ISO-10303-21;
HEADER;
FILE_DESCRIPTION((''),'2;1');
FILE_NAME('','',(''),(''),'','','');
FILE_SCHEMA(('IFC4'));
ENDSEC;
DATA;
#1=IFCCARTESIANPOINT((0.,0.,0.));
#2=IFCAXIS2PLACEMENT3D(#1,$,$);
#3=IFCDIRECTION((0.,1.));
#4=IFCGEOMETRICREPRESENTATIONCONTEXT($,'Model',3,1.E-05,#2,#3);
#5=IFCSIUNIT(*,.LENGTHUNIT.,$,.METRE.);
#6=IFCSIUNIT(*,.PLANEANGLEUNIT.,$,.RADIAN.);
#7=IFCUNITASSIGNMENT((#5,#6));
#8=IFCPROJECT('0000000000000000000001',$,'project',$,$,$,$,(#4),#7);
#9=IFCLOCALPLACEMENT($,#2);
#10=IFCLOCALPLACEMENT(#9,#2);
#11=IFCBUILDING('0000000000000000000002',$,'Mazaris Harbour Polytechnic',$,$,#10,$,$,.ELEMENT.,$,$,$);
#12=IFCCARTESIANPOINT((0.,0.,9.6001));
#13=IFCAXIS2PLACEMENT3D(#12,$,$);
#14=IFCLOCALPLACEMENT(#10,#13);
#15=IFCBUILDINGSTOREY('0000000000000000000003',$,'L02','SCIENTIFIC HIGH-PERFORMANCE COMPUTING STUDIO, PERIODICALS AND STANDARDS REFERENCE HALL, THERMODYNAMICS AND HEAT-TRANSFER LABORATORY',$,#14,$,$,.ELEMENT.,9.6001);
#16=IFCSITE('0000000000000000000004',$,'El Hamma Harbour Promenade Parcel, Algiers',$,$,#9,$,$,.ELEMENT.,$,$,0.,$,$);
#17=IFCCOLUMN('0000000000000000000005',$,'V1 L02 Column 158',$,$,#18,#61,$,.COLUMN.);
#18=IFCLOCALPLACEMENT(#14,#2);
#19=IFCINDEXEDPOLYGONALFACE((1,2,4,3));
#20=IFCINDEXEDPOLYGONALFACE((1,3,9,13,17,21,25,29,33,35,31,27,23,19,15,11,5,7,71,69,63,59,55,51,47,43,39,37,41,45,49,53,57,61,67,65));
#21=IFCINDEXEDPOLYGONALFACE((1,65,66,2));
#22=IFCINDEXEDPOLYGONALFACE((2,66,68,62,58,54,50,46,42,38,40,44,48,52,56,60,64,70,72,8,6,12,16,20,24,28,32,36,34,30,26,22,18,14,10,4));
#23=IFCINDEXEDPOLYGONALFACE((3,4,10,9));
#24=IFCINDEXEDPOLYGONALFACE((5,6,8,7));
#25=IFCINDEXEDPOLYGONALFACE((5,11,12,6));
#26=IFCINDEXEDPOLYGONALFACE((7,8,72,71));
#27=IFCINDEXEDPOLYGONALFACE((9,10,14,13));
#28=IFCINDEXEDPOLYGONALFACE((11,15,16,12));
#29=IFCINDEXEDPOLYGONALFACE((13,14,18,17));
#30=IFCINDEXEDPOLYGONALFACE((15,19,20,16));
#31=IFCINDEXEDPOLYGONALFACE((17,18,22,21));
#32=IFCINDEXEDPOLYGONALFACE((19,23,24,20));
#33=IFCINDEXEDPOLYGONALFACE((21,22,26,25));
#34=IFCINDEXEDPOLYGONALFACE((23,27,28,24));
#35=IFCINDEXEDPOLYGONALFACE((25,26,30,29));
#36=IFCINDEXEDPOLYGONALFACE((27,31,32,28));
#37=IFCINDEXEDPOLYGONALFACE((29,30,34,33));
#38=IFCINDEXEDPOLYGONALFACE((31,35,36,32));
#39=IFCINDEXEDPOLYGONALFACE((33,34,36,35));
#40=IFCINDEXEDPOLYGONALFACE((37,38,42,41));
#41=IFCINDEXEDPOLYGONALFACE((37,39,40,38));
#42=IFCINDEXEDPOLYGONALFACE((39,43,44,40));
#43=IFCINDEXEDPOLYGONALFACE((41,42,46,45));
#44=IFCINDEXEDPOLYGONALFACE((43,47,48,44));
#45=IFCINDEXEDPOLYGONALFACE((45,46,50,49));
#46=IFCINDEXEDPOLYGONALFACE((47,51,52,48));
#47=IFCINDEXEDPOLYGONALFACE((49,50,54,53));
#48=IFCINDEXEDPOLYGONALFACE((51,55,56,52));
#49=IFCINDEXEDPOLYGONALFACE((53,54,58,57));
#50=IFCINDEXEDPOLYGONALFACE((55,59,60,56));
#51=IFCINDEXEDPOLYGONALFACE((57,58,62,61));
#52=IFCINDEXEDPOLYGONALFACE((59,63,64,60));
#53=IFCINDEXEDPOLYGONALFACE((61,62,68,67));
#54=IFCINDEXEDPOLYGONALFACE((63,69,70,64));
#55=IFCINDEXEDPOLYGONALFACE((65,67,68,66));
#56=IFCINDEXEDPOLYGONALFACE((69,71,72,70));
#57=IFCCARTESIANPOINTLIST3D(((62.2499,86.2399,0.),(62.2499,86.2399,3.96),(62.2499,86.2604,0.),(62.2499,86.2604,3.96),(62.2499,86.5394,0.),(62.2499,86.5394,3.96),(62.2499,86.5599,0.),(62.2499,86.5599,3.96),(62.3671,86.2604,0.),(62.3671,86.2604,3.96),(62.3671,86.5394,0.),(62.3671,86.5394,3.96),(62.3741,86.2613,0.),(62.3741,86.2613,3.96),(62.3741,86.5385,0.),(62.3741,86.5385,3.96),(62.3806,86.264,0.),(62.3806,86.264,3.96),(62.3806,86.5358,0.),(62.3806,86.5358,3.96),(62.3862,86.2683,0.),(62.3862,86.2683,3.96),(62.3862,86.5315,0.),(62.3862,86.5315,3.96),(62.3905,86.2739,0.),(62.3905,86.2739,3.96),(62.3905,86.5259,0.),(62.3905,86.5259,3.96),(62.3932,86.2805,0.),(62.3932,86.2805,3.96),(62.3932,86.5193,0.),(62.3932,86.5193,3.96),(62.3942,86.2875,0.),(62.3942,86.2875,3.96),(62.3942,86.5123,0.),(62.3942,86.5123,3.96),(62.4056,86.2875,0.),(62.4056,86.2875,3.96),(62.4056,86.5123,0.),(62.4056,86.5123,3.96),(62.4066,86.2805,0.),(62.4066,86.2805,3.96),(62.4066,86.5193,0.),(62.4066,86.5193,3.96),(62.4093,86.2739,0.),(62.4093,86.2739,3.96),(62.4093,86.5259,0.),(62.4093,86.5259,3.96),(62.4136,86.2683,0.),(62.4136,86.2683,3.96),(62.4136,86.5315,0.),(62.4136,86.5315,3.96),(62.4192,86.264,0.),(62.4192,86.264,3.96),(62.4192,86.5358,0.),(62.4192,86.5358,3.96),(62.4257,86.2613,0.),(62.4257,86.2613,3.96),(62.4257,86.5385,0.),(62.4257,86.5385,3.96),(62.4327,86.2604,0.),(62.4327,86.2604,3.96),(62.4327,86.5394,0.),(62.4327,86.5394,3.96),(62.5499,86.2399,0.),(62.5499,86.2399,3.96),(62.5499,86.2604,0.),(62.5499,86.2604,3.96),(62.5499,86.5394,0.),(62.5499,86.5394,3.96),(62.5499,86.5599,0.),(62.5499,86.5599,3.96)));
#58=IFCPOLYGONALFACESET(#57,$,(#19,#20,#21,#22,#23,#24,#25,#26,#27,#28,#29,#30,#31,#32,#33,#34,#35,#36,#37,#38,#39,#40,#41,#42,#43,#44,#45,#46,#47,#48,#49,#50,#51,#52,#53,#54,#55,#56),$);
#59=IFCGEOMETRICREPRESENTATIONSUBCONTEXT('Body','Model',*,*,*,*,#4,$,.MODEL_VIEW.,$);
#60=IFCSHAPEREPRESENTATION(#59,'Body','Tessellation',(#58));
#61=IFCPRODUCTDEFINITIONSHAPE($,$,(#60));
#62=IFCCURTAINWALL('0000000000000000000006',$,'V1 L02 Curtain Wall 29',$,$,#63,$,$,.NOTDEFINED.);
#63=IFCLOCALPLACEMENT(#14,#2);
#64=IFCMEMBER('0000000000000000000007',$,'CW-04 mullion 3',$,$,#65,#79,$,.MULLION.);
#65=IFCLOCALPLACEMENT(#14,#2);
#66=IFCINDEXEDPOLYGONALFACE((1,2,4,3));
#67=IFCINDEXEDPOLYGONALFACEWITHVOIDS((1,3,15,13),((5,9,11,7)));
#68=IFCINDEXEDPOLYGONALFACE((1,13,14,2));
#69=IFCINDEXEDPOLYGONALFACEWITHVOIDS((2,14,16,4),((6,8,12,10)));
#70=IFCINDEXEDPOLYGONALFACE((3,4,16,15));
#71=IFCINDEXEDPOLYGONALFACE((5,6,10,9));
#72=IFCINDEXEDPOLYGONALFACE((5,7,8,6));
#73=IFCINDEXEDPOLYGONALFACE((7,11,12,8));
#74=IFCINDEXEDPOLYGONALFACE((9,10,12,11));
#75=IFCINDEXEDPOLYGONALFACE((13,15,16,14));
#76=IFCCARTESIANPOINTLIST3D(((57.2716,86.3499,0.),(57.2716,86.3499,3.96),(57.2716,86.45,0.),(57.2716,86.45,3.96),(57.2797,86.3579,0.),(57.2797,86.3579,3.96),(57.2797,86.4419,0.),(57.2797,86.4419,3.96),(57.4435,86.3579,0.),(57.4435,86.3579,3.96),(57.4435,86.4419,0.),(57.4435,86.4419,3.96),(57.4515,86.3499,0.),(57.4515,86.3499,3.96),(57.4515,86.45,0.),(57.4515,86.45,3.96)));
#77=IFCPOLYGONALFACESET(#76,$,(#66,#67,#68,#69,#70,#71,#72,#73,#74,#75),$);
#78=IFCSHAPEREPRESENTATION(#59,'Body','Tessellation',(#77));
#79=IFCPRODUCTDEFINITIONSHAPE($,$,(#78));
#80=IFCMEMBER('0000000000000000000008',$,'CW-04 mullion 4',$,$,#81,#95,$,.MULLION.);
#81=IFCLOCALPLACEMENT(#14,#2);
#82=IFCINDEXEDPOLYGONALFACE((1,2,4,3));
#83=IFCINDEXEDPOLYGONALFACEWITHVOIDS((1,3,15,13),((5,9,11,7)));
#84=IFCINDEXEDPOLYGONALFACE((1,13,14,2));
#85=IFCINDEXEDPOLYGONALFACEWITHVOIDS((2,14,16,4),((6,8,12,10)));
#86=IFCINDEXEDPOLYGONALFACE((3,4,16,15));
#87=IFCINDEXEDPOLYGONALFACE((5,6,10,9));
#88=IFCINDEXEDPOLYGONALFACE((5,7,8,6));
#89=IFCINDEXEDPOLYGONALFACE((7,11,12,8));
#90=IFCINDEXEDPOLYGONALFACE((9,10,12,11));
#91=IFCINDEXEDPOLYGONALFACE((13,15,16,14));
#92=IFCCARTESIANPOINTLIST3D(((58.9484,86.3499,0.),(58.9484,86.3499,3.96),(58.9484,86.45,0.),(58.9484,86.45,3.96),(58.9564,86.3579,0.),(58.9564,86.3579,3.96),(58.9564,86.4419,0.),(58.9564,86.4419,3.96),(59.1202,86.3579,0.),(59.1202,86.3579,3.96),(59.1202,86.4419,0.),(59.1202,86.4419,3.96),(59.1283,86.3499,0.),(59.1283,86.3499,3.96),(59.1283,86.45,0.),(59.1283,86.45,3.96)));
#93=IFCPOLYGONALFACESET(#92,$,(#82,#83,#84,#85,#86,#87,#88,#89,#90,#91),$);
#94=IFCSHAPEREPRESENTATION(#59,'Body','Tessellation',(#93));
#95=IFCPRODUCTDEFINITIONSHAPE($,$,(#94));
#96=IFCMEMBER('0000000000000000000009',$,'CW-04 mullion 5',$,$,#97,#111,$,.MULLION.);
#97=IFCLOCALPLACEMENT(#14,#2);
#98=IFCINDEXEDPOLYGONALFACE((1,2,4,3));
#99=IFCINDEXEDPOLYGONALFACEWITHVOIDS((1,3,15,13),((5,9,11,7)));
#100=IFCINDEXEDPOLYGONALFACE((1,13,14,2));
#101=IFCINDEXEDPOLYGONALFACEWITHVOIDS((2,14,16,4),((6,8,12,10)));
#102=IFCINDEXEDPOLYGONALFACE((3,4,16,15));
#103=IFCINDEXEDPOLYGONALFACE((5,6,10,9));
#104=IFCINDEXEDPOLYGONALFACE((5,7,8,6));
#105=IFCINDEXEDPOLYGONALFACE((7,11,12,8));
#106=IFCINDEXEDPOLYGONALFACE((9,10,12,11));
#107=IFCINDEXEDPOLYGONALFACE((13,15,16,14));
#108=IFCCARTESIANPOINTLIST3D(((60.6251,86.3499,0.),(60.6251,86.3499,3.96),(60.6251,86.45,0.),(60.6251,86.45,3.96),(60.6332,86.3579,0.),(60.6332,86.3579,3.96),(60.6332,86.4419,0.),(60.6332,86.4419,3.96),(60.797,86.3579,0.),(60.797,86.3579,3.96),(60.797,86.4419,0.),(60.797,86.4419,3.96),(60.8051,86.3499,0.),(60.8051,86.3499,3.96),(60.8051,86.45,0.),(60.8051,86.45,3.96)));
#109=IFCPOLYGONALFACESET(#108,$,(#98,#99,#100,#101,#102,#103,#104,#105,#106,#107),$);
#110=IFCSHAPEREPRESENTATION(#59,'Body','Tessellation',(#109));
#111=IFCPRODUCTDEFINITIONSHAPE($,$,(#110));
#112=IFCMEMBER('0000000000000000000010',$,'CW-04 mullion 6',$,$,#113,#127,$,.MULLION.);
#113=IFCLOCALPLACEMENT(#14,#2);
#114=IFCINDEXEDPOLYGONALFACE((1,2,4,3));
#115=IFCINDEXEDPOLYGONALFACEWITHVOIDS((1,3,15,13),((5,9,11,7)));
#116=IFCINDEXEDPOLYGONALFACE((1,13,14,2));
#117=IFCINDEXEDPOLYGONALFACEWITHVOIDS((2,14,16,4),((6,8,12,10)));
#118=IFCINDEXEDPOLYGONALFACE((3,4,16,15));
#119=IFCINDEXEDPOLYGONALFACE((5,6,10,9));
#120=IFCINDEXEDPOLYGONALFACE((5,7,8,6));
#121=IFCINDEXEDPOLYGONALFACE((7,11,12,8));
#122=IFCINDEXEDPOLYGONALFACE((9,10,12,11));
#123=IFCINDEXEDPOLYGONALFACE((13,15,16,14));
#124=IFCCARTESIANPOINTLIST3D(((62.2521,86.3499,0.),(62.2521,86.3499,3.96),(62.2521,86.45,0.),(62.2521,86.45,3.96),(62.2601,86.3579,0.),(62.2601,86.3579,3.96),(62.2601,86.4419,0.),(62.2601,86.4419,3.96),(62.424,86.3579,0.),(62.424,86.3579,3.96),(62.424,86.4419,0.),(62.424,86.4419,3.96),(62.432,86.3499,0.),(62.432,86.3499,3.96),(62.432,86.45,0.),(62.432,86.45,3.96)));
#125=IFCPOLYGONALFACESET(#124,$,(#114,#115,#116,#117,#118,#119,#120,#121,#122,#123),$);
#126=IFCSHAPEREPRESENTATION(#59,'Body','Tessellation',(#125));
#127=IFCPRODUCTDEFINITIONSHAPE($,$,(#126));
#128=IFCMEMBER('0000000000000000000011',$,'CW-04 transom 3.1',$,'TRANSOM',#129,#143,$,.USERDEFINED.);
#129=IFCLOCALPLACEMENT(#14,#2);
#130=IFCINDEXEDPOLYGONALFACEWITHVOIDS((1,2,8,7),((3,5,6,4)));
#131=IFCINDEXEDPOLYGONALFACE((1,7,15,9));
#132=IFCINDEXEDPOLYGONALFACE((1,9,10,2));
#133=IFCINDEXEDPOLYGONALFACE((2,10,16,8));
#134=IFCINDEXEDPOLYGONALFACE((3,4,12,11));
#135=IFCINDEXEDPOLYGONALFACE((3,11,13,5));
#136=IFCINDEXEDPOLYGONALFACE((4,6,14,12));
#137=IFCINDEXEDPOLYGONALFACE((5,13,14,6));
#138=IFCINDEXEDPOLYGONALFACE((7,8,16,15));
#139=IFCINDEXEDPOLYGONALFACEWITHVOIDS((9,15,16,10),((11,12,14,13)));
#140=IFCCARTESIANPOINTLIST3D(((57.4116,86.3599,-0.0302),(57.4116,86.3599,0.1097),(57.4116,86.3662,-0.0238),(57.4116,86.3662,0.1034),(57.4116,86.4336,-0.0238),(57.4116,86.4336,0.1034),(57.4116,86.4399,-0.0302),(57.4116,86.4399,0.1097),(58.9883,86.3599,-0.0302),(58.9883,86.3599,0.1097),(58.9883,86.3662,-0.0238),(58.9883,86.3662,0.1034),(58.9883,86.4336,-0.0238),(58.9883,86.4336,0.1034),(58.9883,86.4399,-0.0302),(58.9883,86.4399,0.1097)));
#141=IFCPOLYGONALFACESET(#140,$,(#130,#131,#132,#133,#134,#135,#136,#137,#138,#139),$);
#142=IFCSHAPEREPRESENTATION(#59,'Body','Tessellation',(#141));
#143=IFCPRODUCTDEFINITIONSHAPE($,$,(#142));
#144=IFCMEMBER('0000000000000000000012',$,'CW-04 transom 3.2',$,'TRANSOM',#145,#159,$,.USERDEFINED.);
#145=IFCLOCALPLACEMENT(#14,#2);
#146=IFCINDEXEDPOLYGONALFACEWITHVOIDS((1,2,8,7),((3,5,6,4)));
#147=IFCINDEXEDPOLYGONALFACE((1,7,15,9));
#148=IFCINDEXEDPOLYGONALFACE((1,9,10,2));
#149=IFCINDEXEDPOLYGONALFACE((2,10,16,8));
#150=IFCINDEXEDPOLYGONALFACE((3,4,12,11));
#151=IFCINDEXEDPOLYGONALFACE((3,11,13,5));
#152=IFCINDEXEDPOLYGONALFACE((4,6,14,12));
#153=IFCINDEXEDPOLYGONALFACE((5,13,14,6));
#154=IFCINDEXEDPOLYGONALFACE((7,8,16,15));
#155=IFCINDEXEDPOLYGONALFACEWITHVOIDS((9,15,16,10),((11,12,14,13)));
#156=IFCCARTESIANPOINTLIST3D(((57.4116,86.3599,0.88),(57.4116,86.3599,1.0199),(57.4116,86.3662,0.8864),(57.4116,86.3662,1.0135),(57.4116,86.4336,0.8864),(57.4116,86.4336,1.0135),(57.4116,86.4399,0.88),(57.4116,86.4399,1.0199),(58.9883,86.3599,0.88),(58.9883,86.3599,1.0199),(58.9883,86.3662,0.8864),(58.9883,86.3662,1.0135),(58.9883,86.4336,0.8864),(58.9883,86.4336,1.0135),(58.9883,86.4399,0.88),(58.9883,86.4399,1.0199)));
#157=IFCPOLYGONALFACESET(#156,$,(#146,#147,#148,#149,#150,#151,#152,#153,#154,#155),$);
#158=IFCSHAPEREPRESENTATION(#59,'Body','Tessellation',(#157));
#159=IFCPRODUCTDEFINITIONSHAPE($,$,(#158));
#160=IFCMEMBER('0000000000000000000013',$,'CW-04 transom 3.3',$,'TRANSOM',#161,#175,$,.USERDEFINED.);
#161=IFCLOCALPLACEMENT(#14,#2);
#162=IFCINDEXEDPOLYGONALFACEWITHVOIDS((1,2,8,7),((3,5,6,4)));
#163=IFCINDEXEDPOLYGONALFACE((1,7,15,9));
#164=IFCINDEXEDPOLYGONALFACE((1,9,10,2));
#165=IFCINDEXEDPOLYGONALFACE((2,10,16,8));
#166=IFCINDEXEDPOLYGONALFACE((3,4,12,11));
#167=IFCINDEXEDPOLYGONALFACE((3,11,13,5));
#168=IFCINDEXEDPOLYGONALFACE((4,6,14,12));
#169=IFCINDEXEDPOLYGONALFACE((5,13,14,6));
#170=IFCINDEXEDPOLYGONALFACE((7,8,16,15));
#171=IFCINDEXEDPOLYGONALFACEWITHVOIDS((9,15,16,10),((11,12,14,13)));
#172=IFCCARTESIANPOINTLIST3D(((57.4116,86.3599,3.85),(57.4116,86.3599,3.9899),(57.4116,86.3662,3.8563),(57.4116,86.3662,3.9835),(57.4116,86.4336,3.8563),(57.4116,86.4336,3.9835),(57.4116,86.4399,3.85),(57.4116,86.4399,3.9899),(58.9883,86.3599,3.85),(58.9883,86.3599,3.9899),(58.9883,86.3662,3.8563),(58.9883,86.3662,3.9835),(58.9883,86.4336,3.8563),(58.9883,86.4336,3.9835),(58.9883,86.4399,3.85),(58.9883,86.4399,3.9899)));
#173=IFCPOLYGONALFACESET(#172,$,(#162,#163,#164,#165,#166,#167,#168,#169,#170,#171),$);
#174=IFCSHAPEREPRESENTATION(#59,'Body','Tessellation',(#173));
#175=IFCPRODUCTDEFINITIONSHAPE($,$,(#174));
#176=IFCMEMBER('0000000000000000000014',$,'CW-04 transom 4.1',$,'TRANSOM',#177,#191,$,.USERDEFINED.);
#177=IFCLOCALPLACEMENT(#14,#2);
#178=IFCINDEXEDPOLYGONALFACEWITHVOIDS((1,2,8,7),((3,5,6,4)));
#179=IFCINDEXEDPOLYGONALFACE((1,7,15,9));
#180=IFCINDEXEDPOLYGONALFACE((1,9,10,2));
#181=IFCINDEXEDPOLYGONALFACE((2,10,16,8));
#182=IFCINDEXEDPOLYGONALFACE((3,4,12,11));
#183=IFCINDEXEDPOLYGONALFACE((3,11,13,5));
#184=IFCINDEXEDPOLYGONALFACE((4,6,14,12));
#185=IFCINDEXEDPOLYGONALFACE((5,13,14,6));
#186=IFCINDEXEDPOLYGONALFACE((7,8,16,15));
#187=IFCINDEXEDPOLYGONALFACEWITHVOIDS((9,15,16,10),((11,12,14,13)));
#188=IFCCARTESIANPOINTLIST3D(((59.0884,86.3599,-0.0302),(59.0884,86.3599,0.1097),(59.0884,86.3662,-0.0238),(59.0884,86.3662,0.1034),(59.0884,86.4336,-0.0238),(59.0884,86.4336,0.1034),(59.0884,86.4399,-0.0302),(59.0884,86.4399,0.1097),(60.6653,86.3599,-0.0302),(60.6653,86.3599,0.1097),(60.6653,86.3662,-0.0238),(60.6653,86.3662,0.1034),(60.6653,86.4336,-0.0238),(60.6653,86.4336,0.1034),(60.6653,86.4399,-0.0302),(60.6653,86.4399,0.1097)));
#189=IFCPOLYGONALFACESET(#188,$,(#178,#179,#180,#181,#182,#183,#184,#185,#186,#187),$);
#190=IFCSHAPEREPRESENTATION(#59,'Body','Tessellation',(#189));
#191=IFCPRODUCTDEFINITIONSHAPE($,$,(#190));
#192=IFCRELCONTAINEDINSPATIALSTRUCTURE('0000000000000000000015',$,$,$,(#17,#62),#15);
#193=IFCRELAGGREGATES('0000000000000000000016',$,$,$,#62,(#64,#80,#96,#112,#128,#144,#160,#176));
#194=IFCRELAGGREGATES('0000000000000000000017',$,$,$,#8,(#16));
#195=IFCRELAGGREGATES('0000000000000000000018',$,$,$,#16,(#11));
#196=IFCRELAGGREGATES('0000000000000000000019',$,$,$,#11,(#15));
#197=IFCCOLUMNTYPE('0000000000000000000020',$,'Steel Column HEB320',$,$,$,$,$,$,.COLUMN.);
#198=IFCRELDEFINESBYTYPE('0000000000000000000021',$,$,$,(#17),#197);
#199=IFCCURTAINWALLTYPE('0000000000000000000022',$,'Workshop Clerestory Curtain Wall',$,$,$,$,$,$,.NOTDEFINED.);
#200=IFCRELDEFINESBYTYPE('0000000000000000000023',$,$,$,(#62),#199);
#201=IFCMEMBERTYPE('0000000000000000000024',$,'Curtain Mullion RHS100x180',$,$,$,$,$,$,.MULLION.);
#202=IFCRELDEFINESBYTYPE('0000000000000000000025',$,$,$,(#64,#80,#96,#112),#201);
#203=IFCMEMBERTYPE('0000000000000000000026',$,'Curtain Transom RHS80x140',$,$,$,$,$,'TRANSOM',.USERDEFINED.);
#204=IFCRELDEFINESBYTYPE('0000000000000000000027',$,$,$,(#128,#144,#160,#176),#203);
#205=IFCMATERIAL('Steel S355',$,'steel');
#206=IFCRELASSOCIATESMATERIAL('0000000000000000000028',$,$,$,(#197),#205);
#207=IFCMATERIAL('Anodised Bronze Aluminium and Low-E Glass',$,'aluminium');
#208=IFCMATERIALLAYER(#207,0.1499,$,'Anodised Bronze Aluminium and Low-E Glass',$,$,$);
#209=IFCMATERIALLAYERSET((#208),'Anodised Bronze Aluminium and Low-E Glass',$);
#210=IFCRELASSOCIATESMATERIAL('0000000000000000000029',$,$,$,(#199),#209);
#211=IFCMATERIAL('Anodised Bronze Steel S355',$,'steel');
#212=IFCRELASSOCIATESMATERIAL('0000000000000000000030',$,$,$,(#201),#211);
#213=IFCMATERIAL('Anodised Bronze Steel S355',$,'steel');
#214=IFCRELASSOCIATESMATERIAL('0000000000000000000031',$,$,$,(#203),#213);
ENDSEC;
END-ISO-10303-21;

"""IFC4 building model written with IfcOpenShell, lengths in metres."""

from ifc_helpers import new_model, si_unit, direction, frame, origin, origin_2d, place, context, subcontext, project, spatial, hollow_rectangle, i_section, extrude, material, layer, layer_set, material_profile, profile_set, type_object, element, aggregate, save


model = new_model("IFC4")

# Units and contexts
model_context = context("Model", 3, precision=1e-05, world=origin(), true_north=direction((0.0, 1.0)))
body_context = subcontext(model_context, "Body", "Model", "MODEL_VIEW")
ifc_project = project(units=[si_unit("LENGTHUNIT", "METRE"), si_unit("PLANEANGLEUNIT", "RADIAN")], contexts=[model_context])

# Site, building, storey
site_placement = place(None, origin())
site = spatial("IfcSite", under=ifc_project, at=site_placement, Name="El Hamma Harbour Promenade Parcel, Algiers", CompositionType="ELEMENT", RefElevation=0.0)
building_placement = place(site_placement, origin())
building = spatial("IfcBuilding", under=site, at=building_placement, Name="Mazaris Harbour Polytechnic", CompositionType="ELEMENT")
storey_placement = place(building_placement, frame((0.0, 0.0, 9.6001)))
storey = spatial("IfcBuildingStorey", under=building, at=storey_placement, Name="L02", Description="SCIENTIFIC HIGH-PERFORMANCE COMPUTING STUDIO, PERIODICALS AND STANDARDS REFERENCE HALL, THERMODYNAMICS AND HEAT-TRANSFER LABORATORY", CompositionType="ELEMENT", Elevation=9.6001)

# Column
ifc_material_1 = material(Name="Steel S355", Category="steel")
ifc_material_profile_1 = material_profile(ifc_material_1, i_section(OverallWidth=0.3, OverallDepth=0.3201, WebThickness=0.0115, FlangeThickness=0.0205, FilletRadius=0.0271, at=origin_2d()), Name="HEB 320")
ifc_profile_set_1 = profile_set([ifc_material_profile_1], Name="Steel S355")
column_type = type_object("IfcColumnType", Name="Steel Column HEB320", PredefinedType="COLUMN", material=ifc_profile_set_1)
column_placement = place(storey_placement, frame((62.3999, 86.3999, 0.0), z_axis=(0.0, 0.0, 1.0), x_axis=(1.0, 0.0, 0.0)))
element("IfcColumn", 1, at=column_placement, inside=storey, type_object=column_type, Name="V1 L02 Column 158", PredefinedType="COLUMN", context=body_context, shape_type="SweptSolid", body=[
    extrude(i_section(OverallWidth=0.3, OverallDepth=0.3201, WebThickness=0.0115, FlangeThickness=0.0205, FilletRadius=0.0271, at=origin_2d()), origin(), (0.0, 0.0, 1.0), 3.96),
])

# Curtain wall, members
ifc_material_2 = material(Name="Anodised Bronze Aluminium and Low-E Glass", Category="aluminium")
ifc_layer_1 = layer(ifc_material_2, 0.1499, Name="Anodised Bronze Aluminium and Low-E Glass")
ifc_layer_set_1 = layer_set([ifc_layer_1], Name="Anodised Bronze Aluminium and Low-E Glass")
curtain_wall_type = type_object("IfcCurtainWallType", Name="Workshop Clerestory Curtain Wall", PredefinedType="NOTDEFINED", material=ifc_layer_set_1)
curtain_wall_1_placement = place(storey_placement, origin())
curtain_wall_1 = element("IfcCurtainWall", 2, at=curtain_wall_1_placement, inside=storey, type_object=curtain_wall_type, Name="V1 L02 Curtain Wall 29", PredefinedType="NOTDEFINED")
ifc_material_3 = material(Name="Anodised Bronze Steel S355", Category="steel")
ifc_material_profile_2 = material_profile(ifc_material_3, hollow_rectangle(XDim=0.1001, YDim=0.1799, WallThickness=0.0081, at=origin_2d()), Name="RHS 100x180x8.0")
ifc_profile_set_2 = profile_set([ifc_material_profile_2], Name="Anodised Bronze Steel S355")
member_type_1 = type_object("IfcMemberType", Name="Curtain Mullion RHS100x180", PredefinedType="MULLION", material=ifc_profile_set_2)
member_1_placement = place(storey_placement, frame((57.3616, 86.3999, 0.0), z_axis=(0.0, 0.0, 1.0), x_axis=(0.0, 1.0, 0.0)))
member_1 = element("IfcMember", 3, at=member_1_placement, type_object=member_type_1, Name="CW-04 mullion 3", PredefinedType="MULLION", context=body_context, shape_type="SweptSolid", body=[
    extrude(hollow_rectangle(XDim=0.1001, YDim=0.1799, WallThickness=0.0081, at=origin_2d()), origin(), (0.0, 0.0, 1.0), 3.96),
])
member_2_placement = place(storey_placement, frame((59.0383, 86.3999, 0.0), z_axis=(0.0, 0.0, 1.0), x_axis=(0.0, 1.0, 0.0)))
member_2 = element("IfcMember", 4, at=member_2_placement, type_object=member_type_1, Name="CW-04 mullion 4", PredefinedType="MULLION", context=body_context, shape_type="SweptSolid", body=[
    extrude(hollow_rectangle(XDim=0.1001, YDim=0.1799, WallThickness=0.0081, at=origin_2d()), origin(), (0.0, 0.0, 1.0), 3.96),
])
member_3_placement = place(storey_placement, frame((60.7151, 86.3999, 0.0), z_axis=(0.0, 0.0, 1.0), x_axis=(0.0, 1.0, 0.0)))
member_3 = element("IfcMember", 5, at=member_3_placement, type_object=member_type_1, Name="CW-04 mullion 5", PredefinedType="MULLION", context=body_context, shape_type="SweptSolid", body=[
    extrude(hollow_rectangle(XDim=0.1001, YDim=0.1799, WallThickness=0.0081, at=origin_2d()), origin(), (0.0, 0.0, 1.0), 3.96),
])
member_4_placement = place(storey_placement, frame((62.342, 86.3999, 0.0), z_axis=(0.0, 0.0, 1.0), x_axis=(0.0, 1.0, 0.0)))
member_4 = element("IfcMember", 6, at=member_4_placement, type_object=member_type_1, Name="CW-04 mullion 6", PredefinedType="MULLION", context=body_context, shape_type="SweptSolid", body=[
    extrude(hollow_rectangle(XDim=0.1001, YDim=0.1799, WallThickness=0.0081, at=origin_2d()), origin(), (0.0, 0.0, 1.0), 3.96),
])
ifc_material_4 = material(Name="Anodised Bronze Steel S355", Category="steel")
ifc_material_profile_3 = material_profile(ifc_material_4, hollow_rectangle(XDim=0.0801, YDim=0.1399, WallThickness=0.0063, at=origin_2d()), Name="RHS 80x140x6.3")
ifc_profile_set_3 = profile_set([ifc_material_profile_3], Name="Anodised Bronze Steel S355")
member_type_2 = type_object("IfcMemberType", Name="Curtain Transom RHS80x140", ElementType="TRANSOM", PredefinedType="USERDEFINED", material=ifc_profile_set_3)
member_5_placement = place(storey_placement, frame((57.4116, 86.3999, 0.0398), z_axis=(1.0, 0.0, 0.0), x_axis=(0.0, 1.0, 0.0)))
member_5 = element("IfcMember", 7, at=member_5_placement, type_object=member_type_2, Name="CW-04 transom 3.1", ObjectType="TRANSOM", PredefinedType="USERDEFINED", context=body_context, shape_type="SweptSolid", body=[
    extrude(hollow_rectangle(XDim=0.0801, YDim=0.1399, WallThickness=0.0063, at=origin_2d()), origin(), (0.0, 0.0, 1.0), 1.5767),
])
member_6_placement = place(storey_placement, frame((57.4116, 86.3999, 0.95), z_axis=(1.0, 0.0, 0.0), x_axis=(0.0, 1.0, 0.0)))
member_6 = element("IfcMember", 8, at=member_6_placement, type_object=member_type_2, Name="CW-04 transom 3.2", ObjectType="TRANSOM", PredefinedType="USERDEFINED", context=body_context, shape_type="SweptSolid", body=[
    extrude(hollow_rectangle(XDim=0.0801, YDim=0.1399, WallThickness=0.0063, at=origin_2d()), origin(), (0.0, 0.0, 1.0), 1.5767),
])
member_7_placement = place(storey_placement, frame((57.4116, 86.3999, 3.9199), z_axis=(1.0, 0.0, 0.0), x_axis=(0.0, 1.0, 0.0)))
member_7 = element("IfcMember", 9, at=member_7_placement, type_object=member_type_2, Name="CW-04 transom 3.3", ObjectType="TRANSOM", PredefinedType="USERDEFINED", context=body_context, shape_type="SweptSolid", body=[
    extrude(hollow_rectangle(XDim=0.0801, YDim=0.1399, WallThickness=0.0063, at=origin_2d()), origin(), (0.0, 0.0, 1.0), 1.5767),
])
member_8_placement = place(storey_placement, frame((59.0884, 86.3999, 0.0398), z_axis=(1.0, 0.0, 0.0), x_axis=(0.0, 1.0, 0.0)))
member_8 = element("IfcMember", 10, at=member_8_placement, type_object=member_type_2, Name="CW-04 transom 4.1", ObjectType="TRANSOM", PredefinedType="USERDEFINED", context=body_context, shape_type="SweptSolid", body=[
    extrude(hollow_rectangle(XDim=0.0801, YDim=0.1399, WallThickness=0.0063, at=origin_2d()), origin(), (0.0, 0.0, 1.0), 1.5769),
])

aggregate(curtain_wall_1, [member_1, member_2, member_3, member_4, member_5, member_6, member_7, member_8])

save(model, "model.ifc")
